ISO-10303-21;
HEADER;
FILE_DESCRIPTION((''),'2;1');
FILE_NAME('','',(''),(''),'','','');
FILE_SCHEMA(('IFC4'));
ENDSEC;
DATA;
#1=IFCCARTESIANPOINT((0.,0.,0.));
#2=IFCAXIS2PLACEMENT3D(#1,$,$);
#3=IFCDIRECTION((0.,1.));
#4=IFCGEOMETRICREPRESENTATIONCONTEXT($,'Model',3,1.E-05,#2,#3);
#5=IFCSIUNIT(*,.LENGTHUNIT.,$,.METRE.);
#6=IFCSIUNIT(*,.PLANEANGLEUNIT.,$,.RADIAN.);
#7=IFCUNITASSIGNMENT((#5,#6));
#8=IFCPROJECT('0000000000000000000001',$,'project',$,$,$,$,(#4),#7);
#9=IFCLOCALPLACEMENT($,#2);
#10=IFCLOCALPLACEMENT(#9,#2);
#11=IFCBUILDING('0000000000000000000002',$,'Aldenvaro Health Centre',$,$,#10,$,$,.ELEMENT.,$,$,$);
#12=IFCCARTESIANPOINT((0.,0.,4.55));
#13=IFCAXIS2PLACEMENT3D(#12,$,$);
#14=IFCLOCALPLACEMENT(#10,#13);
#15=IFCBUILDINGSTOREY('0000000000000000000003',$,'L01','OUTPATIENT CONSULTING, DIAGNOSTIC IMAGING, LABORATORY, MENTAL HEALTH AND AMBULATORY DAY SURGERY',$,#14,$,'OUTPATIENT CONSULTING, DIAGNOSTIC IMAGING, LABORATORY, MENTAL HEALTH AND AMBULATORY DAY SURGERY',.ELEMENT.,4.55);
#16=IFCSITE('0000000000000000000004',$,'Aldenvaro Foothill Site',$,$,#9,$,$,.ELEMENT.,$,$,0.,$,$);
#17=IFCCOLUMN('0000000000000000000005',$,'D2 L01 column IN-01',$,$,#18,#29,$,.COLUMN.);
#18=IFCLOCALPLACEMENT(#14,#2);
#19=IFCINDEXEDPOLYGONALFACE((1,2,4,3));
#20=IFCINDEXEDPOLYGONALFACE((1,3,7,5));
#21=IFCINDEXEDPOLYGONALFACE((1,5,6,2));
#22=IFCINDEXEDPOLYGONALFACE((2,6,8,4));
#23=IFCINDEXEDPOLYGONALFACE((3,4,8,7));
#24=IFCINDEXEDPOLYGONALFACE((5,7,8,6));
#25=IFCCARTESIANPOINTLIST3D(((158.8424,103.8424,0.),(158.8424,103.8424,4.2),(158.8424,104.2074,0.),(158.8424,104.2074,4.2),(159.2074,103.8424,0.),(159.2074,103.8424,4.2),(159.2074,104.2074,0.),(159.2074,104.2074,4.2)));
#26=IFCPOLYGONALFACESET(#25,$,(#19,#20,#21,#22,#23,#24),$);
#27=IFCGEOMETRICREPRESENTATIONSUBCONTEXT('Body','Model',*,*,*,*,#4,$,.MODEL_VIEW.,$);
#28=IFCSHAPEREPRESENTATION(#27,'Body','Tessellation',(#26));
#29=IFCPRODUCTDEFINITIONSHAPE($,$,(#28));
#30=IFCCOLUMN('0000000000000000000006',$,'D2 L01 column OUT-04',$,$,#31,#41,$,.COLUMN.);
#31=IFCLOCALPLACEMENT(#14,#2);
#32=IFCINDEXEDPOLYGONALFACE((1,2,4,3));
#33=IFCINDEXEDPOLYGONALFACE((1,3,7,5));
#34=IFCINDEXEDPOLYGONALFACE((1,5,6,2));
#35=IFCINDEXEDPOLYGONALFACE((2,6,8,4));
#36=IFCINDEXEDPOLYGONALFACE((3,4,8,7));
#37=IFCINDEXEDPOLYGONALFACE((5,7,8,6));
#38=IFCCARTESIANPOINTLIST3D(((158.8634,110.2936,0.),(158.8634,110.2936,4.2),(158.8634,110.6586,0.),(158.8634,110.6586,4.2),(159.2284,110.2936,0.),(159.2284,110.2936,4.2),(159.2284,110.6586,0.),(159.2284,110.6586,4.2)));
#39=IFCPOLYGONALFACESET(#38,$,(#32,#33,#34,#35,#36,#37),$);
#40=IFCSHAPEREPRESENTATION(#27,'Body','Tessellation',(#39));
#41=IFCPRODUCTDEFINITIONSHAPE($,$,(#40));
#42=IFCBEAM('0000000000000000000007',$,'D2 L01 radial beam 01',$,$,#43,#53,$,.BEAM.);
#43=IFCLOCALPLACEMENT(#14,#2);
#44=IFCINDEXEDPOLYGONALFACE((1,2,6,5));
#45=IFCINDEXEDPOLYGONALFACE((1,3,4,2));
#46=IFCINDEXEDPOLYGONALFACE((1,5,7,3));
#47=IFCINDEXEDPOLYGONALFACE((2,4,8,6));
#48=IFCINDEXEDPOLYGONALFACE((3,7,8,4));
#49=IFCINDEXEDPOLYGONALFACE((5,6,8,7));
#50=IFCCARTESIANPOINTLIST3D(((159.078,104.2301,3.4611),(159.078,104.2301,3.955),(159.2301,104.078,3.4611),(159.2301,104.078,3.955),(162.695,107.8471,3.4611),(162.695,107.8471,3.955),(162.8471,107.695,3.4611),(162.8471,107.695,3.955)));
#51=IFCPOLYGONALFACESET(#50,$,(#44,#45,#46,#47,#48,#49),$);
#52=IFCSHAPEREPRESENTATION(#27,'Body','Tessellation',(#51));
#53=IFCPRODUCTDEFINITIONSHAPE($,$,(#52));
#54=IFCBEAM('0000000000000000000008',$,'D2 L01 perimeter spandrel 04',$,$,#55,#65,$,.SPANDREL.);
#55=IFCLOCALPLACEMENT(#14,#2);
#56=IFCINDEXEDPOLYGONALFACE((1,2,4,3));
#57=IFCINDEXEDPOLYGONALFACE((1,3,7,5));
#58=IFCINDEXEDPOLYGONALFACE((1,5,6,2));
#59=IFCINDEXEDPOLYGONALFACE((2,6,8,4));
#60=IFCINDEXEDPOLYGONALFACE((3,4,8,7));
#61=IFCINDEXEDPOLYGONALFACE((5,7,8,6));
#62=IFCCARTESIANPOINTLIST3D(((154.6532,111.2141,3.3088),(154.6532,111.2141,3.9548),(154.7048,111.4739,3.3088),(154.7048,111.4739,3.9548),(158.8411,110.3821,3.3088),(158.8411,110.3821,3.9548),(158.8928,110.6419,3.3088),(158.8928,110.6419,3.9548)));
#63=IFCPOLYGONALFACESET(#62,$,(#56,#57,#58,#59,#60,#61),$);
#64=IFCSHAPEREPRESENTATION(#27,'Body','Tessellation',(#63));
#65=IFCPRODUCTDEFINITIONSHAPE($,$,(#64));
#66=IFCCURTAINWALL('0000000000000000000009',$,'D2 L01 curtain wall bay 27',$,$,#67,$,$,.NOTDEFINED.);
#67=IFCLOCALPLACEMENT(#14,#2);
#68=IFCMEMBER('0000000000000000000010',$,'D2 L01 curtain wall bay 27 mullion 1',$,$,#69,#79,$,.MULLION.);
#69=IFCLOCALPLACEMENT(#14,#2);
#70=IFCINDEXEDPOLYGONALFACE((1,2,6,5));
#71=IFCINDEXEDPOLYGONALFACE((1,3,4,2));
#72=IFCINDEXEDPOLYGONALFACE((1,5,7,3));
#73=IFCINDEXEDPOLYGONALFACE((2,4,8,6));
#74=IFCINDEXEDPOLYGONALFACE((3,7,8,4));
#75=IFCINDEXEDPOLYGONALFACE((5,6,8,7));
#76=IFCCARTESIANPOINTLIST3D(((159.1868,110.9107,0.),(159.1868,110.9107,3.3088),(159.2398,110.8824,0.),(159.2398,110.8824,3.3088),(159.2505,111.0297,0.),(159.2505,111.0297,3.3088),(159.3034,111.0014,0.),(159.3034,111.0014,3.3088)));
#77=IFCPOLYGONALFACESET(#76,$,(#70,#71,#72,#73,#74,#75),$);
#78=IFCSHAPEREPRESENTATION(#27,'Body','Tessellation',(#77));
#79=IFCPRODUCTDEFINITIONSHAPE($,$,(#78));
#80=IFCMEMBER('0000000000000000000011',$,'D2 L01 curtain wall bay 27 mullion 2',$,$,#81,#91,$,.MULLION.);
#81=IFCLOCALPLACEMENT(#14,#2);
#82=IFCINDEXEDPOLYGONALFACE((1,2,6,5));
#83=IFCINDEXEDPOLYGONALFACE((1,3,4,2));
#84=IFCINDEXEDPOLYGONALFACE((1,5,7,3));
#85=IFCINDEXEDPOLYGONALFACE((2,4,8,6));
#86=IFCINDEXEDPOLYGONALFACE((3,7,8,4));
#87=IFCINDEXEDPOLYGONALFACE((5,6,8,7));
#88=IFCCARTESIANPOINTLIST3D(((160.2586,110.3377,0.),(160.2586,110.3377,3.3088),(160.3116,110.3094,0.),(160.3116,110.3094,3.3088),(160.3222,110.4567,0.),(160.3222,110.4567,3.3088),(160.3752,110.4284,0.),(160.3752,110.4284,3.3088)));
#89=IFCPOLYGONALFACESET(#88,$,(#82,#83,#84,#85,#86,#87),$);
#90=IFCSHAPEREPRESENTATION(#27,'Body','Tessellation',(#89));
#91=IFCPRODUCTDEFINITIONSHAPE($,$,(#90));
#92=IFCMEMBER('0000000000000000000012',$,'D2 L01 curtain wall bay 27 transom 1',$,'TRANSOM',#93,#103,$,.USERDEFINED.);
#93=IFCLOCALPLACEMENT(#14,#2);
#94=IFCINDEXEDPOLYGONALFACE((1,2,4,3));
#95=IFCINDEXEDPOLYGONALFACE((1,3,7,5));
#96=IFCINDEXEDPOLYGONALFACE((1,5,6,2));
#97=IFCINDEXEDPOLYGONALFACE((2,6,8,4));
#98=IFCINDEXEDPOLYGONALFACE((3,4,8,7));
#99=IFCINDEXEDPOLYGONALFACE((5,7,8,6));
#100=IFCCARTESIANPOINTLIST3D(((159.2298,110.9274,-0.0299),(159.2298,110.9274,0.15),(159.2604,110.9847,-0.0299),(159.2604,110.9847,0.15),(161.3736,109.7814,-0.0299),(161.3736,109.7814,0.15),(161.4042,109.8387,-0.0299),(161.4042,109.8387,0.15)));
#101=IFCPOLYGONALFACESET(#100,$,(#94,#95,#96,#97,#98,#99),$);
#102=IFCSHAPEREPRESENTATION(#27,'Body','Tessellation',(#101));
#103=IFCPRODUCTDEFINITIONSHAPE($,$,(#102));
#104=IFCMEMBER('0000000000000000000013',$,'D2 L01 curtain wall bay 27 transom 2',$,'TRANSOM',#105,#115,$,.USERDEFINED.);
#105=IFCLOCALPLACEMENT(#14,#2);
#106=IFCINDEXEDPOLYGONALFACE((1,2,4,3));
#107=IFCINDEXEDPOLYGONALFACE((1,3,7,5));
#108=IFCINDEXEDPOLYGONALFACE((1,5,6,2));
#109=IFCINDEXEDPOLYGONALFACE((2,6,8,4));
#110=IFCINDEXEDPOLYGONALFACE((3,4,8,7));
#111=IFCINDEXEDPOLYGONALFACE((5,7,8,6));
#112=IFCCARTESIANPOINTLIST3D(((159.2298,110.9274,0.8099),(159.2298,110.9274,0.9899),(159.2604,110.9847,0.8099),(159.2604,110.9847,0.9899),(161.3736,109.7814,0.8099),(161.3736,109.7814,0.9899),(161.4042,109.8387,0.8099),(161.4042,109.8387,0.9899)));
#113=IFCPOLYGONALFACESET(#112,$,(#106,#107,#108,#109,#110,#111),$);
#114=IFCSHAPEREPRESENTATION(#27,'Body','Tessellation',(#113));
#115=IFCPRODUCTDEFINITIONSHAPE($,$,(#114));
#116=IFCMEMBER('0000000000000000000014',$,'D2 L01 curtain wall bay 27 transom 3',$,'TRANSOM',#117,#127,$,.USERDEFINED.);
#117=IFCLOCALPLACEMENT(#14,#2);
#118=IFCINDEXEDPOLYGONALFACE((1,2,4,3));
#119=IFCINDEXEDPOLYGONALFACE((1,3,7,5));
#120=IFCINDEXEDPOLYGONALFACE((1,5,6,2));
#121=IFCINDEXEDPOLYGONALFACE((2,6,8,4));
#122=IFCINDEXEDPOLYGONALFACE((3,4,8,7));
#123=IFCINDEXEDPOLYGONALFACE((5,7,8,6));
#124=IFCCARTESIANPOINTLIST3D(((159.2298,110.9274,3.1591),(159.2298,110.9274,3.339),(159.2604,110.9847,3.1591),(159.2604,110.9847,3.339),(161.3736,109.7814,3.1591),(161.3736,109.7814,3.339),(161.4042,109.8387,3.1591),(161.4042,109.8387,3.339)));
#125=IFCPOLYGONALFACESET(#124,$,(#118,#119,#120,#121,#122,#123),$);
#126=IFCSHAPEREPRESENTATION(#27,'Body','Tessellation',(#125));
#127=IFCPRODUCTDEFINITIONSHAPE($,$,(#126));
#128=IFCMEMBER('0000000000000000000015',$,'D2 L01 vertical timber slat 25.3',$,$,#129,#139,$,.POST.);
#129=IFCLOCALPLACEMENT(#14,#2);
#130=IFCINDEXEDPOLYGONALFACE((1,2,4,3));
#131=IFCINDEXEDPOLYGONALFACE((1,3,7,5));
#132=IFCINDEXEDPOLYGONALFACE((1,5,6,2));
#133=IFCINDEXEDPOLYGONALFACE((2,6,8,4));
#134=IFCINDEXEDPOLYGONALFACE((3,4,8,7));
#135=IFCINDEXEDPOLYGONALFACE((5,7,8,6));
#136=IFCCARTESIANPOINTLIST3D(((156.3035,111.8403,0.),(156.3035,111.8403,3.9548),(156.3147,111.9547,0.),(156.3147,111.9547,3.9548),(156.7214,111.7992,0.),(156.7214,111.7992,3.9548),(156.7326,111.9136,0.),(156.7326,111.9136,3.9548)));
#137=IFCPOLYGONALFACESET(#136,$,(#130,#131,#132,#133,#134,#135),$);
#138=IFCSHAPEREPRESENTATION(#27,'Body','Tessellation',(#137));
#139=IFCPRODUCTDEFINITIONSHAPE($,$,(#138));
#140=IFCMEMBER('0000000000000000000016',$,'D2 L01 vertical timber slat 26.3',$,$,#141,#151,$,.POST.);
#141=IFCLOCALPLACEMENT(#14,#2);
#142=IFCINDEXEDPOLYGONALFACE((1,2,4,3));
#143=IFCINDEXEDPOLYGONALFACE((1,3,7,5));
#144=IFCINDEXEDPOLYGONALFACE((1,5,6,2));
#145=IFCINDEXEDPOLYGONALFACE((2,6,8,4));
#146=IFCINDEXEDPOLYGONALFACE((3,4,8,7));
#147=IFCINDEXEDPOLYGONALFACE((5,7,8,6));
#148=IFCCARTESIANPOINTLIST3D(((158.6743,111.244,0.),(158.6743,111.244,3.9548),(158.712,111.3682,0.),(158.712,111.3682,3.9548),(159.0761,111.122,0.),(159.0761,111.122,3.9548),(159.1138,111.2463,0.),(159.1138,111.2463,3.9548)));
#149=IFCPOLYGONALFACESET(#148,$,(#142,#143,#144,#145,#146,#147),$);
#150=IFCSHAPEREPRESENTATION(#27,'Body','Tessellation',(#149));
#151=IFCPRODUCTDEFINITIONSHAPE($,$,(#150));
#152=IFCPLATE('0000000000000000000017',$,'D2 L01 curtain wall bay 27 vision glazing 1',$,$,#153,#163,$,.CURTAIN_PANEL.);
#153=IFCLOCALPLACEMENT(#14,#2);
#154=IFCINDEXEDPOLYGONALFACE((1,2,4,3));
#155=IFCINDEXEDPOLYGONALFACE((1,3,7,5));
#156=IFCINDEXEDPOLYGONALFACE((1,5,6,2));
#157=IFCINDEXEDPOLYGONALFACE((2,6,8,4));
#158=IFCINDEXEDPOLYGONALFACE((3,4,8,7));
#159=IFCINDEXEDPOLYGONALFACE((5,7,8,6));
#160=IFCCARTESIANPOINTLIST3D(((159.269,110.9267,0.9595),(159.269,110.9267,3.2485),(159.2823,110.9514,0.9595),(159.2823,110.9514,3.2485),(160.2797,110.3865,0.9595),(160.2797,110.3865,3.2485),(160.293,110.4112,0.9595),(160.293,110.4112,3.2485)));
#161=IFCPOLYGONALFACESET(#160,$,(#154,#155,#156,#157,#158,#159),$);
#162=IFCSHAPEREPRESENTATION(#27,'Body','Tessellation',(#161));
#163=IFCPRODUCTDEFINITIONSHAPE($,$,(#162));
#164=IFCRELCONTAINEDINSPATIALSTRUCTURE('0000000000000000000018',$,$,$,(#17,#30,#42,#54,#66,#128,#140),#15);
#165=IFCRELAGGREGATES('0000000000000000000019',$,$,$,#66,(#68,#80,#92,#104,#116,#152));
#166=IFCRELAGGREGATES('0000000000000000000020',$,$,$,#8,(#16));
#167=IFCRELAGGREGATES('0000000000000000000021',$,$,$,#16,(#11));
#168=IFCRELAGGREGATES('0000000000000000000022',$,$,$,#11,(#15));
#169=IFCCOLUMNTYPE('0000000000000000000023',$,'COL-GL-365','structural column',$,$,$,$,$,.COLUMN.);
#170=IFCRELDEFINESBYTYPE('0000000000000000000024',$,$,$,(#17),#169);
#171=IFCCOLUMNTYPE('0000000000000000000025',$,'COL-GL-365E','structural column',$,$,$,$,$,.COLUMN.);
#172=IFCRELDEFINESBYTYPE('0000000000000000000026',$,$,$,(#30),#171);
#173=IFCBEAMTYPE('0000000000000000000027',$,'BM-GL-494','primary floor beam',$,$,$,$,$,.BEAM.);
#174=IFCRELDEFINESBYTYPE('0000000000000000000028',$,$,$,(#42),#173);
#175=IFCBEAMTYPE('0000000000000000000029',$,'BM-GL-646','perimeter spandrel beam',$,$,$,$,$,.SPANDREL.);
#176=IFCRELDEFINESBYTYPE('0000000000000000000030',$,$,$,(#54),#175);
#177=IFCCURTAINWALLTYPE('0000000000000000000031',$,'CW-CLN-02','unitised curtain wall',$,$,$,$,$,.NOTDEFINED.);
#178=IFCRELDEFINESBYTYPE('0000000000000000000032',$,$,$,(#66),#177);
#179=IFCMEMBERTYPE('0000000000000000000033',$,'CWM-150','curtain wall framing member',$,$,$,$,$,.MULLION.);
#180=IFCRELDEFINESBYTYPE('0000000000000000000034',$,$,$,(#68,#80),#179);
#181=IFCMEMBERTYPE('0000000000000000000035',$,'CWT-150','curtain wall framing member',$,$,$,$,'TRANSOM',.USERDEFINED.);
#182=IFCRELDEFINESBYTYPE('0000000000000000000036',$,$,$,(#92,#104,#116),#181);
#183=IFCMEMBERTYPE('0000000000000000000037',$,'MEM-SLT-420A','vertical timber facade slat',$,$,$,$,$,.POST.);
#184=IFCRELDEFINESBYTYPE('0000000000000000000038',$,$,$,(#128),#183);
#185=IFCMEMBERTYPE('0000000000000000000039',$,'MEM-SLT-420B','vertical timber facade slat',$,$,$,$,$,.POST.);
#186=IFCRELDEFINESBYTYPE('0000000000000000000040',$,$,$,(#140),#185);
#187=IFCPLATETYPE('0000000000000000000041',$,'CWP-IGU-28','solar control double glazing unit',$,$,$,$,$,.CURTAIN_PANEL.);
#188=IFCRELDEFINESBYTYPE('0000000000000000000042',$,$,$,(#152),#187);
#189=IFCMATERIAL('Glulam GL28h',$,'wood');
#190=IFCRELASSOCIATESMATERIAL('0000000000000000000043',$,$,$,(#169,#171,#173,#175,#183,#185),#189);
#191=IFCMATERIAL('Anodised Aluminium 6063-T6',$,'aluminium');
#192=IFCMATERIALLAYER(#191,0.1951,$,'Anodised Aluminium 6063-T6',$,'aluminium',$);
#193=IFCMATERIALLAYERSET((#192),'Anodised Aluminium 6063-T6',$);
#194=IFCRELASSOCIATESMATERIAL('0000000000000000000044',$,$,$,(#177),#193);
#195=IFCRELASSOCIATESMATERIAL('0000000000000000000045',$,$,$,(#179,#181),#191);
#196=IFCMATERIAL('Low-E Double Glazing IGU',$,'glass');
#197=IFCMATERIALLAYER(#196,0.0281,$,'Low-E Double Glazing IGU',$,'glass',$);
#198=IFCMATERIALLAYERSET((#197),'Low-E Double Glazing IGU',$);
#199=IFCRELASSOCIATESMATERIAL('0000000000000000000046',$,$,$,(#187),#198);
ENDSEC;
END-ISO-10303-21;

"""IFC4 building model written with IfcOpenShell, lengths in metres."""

from ifc_helpers import new_model, si_unit, direction, frame, origin, origin_2d, place, context, subcontext, project, spatial, rectangle, extrude, material, layer, layer_set, material_profile, profile_set, type_object, element, aggregate, save


model = new_model("IFC4")

# Units and contexts
model_context = context("Model", 3, precision=1e-05, world=origin(), true_north=direction((0.0, 1.0)))
body_context = subcontext(model_context, "Body", "Model", "MODEL_VIEW")
ifc_project = project(units=[si_unit("LENGTHUNIT", "METRE"), si_unit("PLANEANGLEUNIT", "RADIAN")], contexts=[model_context])

# Site, building, storey
site_placement = place(None, origin())
site = spatial("IfcSite", under=ifc_project, at=site_placement, Name="Aldenvaro Foothill Site", CompositionType="ELEMENT", RefElevation=0.0)
building_placement = place(site_placement, origin())
building = spatial("IfcBuilding", under=site, at=building_placement, Name="Aldenvaro Health Centre", CompositionType="ELEMENT")
storey_placement = place(building_placement, frame((0.0, 0.0, 4.55)))
storey = spatial("IfcBuildingStorey", under=building, at=storey_placement, Name="L01", Description="OUTPATIENT CONSULTING, DIAGNOSTIC IMAGING, LABORATORY, MENTAL HEALTH AND AMBULATORY DAY SURGERY", LongName="OUTPATIENT CONSULTING, DIAGNOSTIC IMAGING, LABORATORY, MENTAL HEALTH AND AMBULATORY DAY SURGERY", CompositionType="ELEMENT", Elevation=4.55)

# Columns
ifc_material_1 = material(Name="Glulam GL28h", Category="wood")
ifc_material_profile_1 = material_profile(ifc_material_1, rectangle(XDim=0.365, YDim=0.365, at=origin_2d()), Name="GL 365x365", Category="wood")
ifc_profile_set_1 = profile_set([ifc_material_profile_1], Name="Glulam GL28h")
column_type_1 = type_object("IfcColumnType", Name="COL-GL-365", Description="structural column", PredefinedType="COLUMN", material=ifc_profile_set_1)
column_1_placement = place(storey_placement, frame((159.0249, 104.0249, 0.0), z_axis=(0.0, 0.0, 1.0), x_axis=(1.0, 0.0, 0.0)))
element("IfcColumn", 1, at=column_1_placement, inside=storey, type_object=column_type_1, Name="D2 L01 column IN-01", PredefinedType="COLUMN", context=body_context, shape_type="SweptSolid", body=[
    extrude(rectangle(XDim=0.365, YDim=0.365, at=origin_2d()), origin(), (0.0, 0.0, 1.0), 4.2),
])
ifc_material_profile_2 = material_profile(ifc_material_1, rectangle(XDim=0.365, YDim=0.365, at=origin_2d()), Name="GL 365x365", Category="wood")
ifc_profile_set_2 = profile_set([ifc_material_profile_2], Name="Glulam GL28h")
column_type_2 = type_object("IfcColumnType", Name="COL-GL-365E", Description="structural column", PredefinedType="COLUMN", material=ifc_profile_set_2)
column_2_placement = place(storey_placement, frame((159.0459, 110.4761, 0.0), z_axis=(0.0, 0.0, 1.0), x_axis=(1.0, 0.0, 0.0)))
element("IfcColumn", 2, at=column_2_placement, inside=storey, type_object=column_type_2, Name="D2 L01 column OUT-04", PredefinedType="COLUMN", context=body_context, shape_type="SweptSolid", body=[
    extrude(rectangle(XDim=0.365, YDim=0.365, at=origin_2d()), origin(), (0.0, 0.0, 1.0), 4.2),
])

# Beams
ifc_material_profile_3 = material_profile(ifc_material_1, rectangle(XDim=0.2151, YDim=0.4939, at=origin_2d()), Name="GL 215x494", Category="wood")
ifc_profile_set_3 = profile_set([ifc_material_profile_3], Name="Glulam GL28h")
beam_type_1 = type_object("IfcBeamType", Name="BM-GL-494", Description="primary floor beam", PredefinedType="BEAM", material=ifc_profile_set_3)
beam_1_placement = place(storey_placement, frame((159.1541, 104.1541, 3.708), z_axis=(0.707107, 0.707107, 0.0), x_axis=(-0.707107, 0.707107, 0.0)))
element("IfcBeam", 3, at=beam_1_placement, inside=storey, type_object=beam_type_1, Name="D2 L01 radial beam 01", PredefinedType="BEAM", context=body_context, shape_type="SweptSolid", body=[
    extrude(rectangle(XDim=0.2151, YDim=0.4939, at=origin_2d()), origin(), (0.0, 0.0, 1.0), 5.1152),
])
ifc_material_profile_4 = material_profile(ifc_material_1, rectangle(XDim=0.2649, YDim=0.646, at=origin_2d()), Name="GL 265x646", Category="wood")
ifc_profile_set_4 = profile_set([ifc_material_profile_4], Name="Glulam GL28h")
beam_type_2 = type_object("IfcBeamType", Name="BM-GL-646", Description="perimeter spandrel beam", PredefinedType="SPANDREL", material=ifc_profile_set_4)
beam_2_placement = place(storey_placement, frame((158.8669, 110.512, 3.6318), z_axis=(-0.980831, 0.194862, 0.0), x_axis=(-0.194862, -0.980831, 0.0)))
element("IfcBeam", 4, at=beam_2_placement, inside=storey, type_object=beam_type_2, Name="D2 L01 perimeter spandrel 04", PredefinedType="SPANDREL", context=body_context, shape_type="SweptSolid", body=[
    extrude(rectangle(XDim=0.2649, YDim=0.646, at=origin_2d()), origin(), (0.0, 0.0, 1.0), 4.2698),
])

# Curtain wall, members
ifc_material_2 = material(Name="Anodised Aluminium 6063-T6", Category="aluminium")
ifc_layer_1 = layer(ifc_material_2, 0.1951, Name="Anodised Aluminium 6063-T6", Category="aluminium")
ifc_layer_set_1 = layer_set([ifc_layer_1], Name="Anodised Aluminium 6063-T6")
curtain_wall_type = type_object("IfcCurtainWallType", Name="CW-CLN-02", Description="unitised curtain wall", PredefinedType="NOTDEFINED", material=ifc_layer_set_1)
curtain_wall_placement = place(storey_placement, origin())
curtain_wall = element("IfcCurtainWall", 5, at=curtain_wall_placement, inside=storey, type_object=curtain_wall_type, Name="D2 L01 curtain wall bay 27", PredefinedType="NOTDEFINED")
ifc_material_profile_5 = material_profile(ifc_material_2, rectangle(XDim=0.0601, YDim=0.135, at=origin_2d()), Name="ALU 60x135", Category="aluminium")
ifc_profile_set_5 = profile_set([ifc_material_profile_5], Name="Anodised Aluminium 6063-T6")
member_type_1 = type_object("IfcMemberType", Name="CWM-150", Description="curtain wall framing member", PredefinedType="MULLION", material=ifc_profile_set_5)
member_1_placement = place(storey_placement, frame((159.2451, 110.9561, 0.0), z_axis=(0.0, 0.0, 1.0), x_axis=(0.88192, -0.471399, 0.0)))
member_1 = element("IfcMember", 6, at=member_1_placement, type_object=member_type_1, Name="D2 L01 curtain wall bay 27 mullion 1", PredefinedType="MULLION", context=body_context, shape_type="SweptSolid", body=[
    extrude(rectangle(XDim=0.0601, YDim=0.135, at=origin_2d()), origin(), (0.0, 0.0, 1.0), 3.3088),
])
member_2_placement = place(storey_placement, frame((160.3169, 110.3831, 0.0), z_axis=(0.0, 0.0, 1.0), x_axis=(0.88192, -0.471399, 0.0)))
member_2 = element("IfcMember", 7, at=member_2_placement, type_object=member_type_1, Name="D2 L01 curtain wall bay 27 mullion 2", PredefinedType="MULLION", context=body_context, shape_type="SweptSolid", body=[
    extrude(rectangle(XDim=0.0601, YDim=0.135, at=origin_2d()), origin(), (0.0, 0.0, 1.0), 3.3088),
])
ifc_material_profile_6 = material_profile(ifc_material_2, rectangle(XDim=0.0649, YDim=0.1799, at=origin_2d()), Name="ALU 65x180", Category="aluminium")
ifc_profile_set_6 = profile_set([ifc_material_profile_6], Name="Anodised Aluminium 6063-T6")
member_type_2 = type_object("IfcMemberType", Name="CWT-150", Description="curtain wall framing member", ElementType="TRANSOM", PredefinedType="USERDEFINED", material=ifc_profile_set_6)
member_3_placement = place(storey_placement, frame((159.2451, 110.9561, 0.0601), z_axis=(0.881902, -0.471432, 0.0), x_axis=(0.471432, 0.881902, 0.0)))
member_3 = element("IfcMember", 8, at=member_3_placement, type_object=member_type_2, Name="D2 L01 curtain wall bay 27 transom 1", ObjectType="TRANSOM", PredefinedType="USERDEFINED", context=body_context, shape_type="SweptSolid", body=[
    extrude(rectangle(XDim=0.0649, YDim=0.1799, at=origin_2d()), origin(), (0.0, 0.0, 1.0), 2.4309),
])
member_4_placement = place(storey_placement, frame((159.2451, 110.9561, 0.8999), z_axis=(0.881902, -0.471432, 0.0), x_axis=(0.471432, 0.881902, 0.0)))
member_4 = element("IfcMember", 9, at=member_4_placement, type_object=member_type_2, Name="D2 L01 curtain wall bay 27 transom 2", ObjectType="TRANSOM", PredefinedType="USERDEFINED", context=body_context, shape_type="SweptSolid", body=[
    extrude(rectangle(XDim=0.0649, YDim=0.1799, at=origin_2d()), origin(), (0.0, 0.0, 1.0), 2.4309),
])
member_5_placement = place(storey_placement, frame((159.2451, 110.9561, 3.249), z_axis=(0.881902, -0.471432, 0.0), x_axis=(0.471432, 0.881902, 0.0)))
member_5 = element("IfcMember", 10, at=member_5_placement, type_object=member_type_2, Name="D2 L01 curtain wall bay 27 transom 3", ObjectType="TRANSOM", PredefinedType="USERDEFINED", context=body_context, shape_type="SweptSolid", body=[
    extrude(rectangle(XDim=0.0649, YDim=0.1799, at=origin_2d()), origin(), (0.0, 0.0, 1.0), 2.4309),
])

# Members
ifc_material_profile_7 = material_profile(ifc_material_1, rectangle(XDim=0.115, YDim=0.4199, at=origin_2d()), Name="GL 115x420", Category="wood")
ifc_profile_set_7 = profile_set([ifc_material_profile_7], Name="Glulam GL28h")
member_type_3 = type_object("IfcMemberType", Name="MEM-SLT-420A", Description="vertical timber facade slat", PredefinedType="POST", material=ifc_profile_set_7)
member_6_placement = place(storey_placement, frame((156.5181, 111.877, 0.0), z_axis=(0.0, 0.0, 1.0), x_axis=(0.097915, 0.995195, 0.0)))
element("IfcMember", 11, at=member_6_placement, inside=storey, type_object=member_type_3, Name="D2 L01 vertical timber slat 25.3", PredefinedType="POST", context=body_context, shape_type="SweptSolid", body=[
    extrude(rectangle(XDim=0.115, YDim=0.4199, at=origin_2d()), origin(), (0.0, 0.0, 1.0), 3.9548),
])
ifc_material_profile_8 = material_profile(ifc_material_1, rectangle(XDim=0.1299, YDim=0.4199, at=origin_2d()), Name="GL 130x420", Category="wood")
ifc_profile_set_8 = profile_set([ifc_material_profile_8], Name="Glulam GL28h")
member_type_4 = type_object("IfcMemberType", Name="MEM-SLT-420B", Description="vertical timber facade slat", PredefinedType="POST", material=ifc_profile_set_8)
member_7_placement = place(storey_placement, frame((158.894, 111.2451, 0.0), z_axis=(0.0, 0.0, 1.0), x_axis=(0.290441, 0.956893, 0.0)))
element("IfcMember", 12, at=member_7_placement, inside=storey, type_object=member_type_4, Name="D2 L01 vertical timber slat 26.3", PredefinedType="POST", context=body_context, shape_type="SweptSolid", body=[
    extrude(rectangle(XDim=0.1299, YDim=0.4199, at=origin_2d()), origin(), (0.0, 0.0, 1.0), 3.9548),
])

# Plate
ifc_material_3 = material(Name="Low-E Double Glazing IGU", Category="glass")
ifc_layer_2 = layer(ifc_material_3, 0.0281, Name="Low-E Double Glazing IGU", Category="glass")
ifc_layer_set_2 = layer_set([ifc_layer_2], Name="Low-E Double Glazing IGU")
plate_type_1 = type_object("IfcPlateType", Name="CWP-IGU-28", Description="solar control double glazing unit", PredefinedType="CURTAIN_PANEL", material=ifc_layer_set_2)
plate_1_placement = place(storey_placement, frame((159.781, 110.6689, 0.9595), z_axis=(0.0, 0.0, 1.0), x_axis=(0.88192, -0.471399, 0.0)))
plate_1 = element("IfcPlate", 13, at=plate_1_placement, type_object=plate_type_1, Name="D2 L01 curtain wall bay 27 vision glazing 1", PredefinedType="CURTAIN_PANEL", context=body_context, shape_type="SweptSolid", body=[
    extrude(rectangle(XDim=1.146, YDim=0.0281, at=origin_2d()), origin(), (0.0, 0.0, 1.0), 2.2891),
])
aggregate(curtain_wall, [member_1, member_2, member_3, member_4, member_5, plate_1])

save(model, "model.ifc")
